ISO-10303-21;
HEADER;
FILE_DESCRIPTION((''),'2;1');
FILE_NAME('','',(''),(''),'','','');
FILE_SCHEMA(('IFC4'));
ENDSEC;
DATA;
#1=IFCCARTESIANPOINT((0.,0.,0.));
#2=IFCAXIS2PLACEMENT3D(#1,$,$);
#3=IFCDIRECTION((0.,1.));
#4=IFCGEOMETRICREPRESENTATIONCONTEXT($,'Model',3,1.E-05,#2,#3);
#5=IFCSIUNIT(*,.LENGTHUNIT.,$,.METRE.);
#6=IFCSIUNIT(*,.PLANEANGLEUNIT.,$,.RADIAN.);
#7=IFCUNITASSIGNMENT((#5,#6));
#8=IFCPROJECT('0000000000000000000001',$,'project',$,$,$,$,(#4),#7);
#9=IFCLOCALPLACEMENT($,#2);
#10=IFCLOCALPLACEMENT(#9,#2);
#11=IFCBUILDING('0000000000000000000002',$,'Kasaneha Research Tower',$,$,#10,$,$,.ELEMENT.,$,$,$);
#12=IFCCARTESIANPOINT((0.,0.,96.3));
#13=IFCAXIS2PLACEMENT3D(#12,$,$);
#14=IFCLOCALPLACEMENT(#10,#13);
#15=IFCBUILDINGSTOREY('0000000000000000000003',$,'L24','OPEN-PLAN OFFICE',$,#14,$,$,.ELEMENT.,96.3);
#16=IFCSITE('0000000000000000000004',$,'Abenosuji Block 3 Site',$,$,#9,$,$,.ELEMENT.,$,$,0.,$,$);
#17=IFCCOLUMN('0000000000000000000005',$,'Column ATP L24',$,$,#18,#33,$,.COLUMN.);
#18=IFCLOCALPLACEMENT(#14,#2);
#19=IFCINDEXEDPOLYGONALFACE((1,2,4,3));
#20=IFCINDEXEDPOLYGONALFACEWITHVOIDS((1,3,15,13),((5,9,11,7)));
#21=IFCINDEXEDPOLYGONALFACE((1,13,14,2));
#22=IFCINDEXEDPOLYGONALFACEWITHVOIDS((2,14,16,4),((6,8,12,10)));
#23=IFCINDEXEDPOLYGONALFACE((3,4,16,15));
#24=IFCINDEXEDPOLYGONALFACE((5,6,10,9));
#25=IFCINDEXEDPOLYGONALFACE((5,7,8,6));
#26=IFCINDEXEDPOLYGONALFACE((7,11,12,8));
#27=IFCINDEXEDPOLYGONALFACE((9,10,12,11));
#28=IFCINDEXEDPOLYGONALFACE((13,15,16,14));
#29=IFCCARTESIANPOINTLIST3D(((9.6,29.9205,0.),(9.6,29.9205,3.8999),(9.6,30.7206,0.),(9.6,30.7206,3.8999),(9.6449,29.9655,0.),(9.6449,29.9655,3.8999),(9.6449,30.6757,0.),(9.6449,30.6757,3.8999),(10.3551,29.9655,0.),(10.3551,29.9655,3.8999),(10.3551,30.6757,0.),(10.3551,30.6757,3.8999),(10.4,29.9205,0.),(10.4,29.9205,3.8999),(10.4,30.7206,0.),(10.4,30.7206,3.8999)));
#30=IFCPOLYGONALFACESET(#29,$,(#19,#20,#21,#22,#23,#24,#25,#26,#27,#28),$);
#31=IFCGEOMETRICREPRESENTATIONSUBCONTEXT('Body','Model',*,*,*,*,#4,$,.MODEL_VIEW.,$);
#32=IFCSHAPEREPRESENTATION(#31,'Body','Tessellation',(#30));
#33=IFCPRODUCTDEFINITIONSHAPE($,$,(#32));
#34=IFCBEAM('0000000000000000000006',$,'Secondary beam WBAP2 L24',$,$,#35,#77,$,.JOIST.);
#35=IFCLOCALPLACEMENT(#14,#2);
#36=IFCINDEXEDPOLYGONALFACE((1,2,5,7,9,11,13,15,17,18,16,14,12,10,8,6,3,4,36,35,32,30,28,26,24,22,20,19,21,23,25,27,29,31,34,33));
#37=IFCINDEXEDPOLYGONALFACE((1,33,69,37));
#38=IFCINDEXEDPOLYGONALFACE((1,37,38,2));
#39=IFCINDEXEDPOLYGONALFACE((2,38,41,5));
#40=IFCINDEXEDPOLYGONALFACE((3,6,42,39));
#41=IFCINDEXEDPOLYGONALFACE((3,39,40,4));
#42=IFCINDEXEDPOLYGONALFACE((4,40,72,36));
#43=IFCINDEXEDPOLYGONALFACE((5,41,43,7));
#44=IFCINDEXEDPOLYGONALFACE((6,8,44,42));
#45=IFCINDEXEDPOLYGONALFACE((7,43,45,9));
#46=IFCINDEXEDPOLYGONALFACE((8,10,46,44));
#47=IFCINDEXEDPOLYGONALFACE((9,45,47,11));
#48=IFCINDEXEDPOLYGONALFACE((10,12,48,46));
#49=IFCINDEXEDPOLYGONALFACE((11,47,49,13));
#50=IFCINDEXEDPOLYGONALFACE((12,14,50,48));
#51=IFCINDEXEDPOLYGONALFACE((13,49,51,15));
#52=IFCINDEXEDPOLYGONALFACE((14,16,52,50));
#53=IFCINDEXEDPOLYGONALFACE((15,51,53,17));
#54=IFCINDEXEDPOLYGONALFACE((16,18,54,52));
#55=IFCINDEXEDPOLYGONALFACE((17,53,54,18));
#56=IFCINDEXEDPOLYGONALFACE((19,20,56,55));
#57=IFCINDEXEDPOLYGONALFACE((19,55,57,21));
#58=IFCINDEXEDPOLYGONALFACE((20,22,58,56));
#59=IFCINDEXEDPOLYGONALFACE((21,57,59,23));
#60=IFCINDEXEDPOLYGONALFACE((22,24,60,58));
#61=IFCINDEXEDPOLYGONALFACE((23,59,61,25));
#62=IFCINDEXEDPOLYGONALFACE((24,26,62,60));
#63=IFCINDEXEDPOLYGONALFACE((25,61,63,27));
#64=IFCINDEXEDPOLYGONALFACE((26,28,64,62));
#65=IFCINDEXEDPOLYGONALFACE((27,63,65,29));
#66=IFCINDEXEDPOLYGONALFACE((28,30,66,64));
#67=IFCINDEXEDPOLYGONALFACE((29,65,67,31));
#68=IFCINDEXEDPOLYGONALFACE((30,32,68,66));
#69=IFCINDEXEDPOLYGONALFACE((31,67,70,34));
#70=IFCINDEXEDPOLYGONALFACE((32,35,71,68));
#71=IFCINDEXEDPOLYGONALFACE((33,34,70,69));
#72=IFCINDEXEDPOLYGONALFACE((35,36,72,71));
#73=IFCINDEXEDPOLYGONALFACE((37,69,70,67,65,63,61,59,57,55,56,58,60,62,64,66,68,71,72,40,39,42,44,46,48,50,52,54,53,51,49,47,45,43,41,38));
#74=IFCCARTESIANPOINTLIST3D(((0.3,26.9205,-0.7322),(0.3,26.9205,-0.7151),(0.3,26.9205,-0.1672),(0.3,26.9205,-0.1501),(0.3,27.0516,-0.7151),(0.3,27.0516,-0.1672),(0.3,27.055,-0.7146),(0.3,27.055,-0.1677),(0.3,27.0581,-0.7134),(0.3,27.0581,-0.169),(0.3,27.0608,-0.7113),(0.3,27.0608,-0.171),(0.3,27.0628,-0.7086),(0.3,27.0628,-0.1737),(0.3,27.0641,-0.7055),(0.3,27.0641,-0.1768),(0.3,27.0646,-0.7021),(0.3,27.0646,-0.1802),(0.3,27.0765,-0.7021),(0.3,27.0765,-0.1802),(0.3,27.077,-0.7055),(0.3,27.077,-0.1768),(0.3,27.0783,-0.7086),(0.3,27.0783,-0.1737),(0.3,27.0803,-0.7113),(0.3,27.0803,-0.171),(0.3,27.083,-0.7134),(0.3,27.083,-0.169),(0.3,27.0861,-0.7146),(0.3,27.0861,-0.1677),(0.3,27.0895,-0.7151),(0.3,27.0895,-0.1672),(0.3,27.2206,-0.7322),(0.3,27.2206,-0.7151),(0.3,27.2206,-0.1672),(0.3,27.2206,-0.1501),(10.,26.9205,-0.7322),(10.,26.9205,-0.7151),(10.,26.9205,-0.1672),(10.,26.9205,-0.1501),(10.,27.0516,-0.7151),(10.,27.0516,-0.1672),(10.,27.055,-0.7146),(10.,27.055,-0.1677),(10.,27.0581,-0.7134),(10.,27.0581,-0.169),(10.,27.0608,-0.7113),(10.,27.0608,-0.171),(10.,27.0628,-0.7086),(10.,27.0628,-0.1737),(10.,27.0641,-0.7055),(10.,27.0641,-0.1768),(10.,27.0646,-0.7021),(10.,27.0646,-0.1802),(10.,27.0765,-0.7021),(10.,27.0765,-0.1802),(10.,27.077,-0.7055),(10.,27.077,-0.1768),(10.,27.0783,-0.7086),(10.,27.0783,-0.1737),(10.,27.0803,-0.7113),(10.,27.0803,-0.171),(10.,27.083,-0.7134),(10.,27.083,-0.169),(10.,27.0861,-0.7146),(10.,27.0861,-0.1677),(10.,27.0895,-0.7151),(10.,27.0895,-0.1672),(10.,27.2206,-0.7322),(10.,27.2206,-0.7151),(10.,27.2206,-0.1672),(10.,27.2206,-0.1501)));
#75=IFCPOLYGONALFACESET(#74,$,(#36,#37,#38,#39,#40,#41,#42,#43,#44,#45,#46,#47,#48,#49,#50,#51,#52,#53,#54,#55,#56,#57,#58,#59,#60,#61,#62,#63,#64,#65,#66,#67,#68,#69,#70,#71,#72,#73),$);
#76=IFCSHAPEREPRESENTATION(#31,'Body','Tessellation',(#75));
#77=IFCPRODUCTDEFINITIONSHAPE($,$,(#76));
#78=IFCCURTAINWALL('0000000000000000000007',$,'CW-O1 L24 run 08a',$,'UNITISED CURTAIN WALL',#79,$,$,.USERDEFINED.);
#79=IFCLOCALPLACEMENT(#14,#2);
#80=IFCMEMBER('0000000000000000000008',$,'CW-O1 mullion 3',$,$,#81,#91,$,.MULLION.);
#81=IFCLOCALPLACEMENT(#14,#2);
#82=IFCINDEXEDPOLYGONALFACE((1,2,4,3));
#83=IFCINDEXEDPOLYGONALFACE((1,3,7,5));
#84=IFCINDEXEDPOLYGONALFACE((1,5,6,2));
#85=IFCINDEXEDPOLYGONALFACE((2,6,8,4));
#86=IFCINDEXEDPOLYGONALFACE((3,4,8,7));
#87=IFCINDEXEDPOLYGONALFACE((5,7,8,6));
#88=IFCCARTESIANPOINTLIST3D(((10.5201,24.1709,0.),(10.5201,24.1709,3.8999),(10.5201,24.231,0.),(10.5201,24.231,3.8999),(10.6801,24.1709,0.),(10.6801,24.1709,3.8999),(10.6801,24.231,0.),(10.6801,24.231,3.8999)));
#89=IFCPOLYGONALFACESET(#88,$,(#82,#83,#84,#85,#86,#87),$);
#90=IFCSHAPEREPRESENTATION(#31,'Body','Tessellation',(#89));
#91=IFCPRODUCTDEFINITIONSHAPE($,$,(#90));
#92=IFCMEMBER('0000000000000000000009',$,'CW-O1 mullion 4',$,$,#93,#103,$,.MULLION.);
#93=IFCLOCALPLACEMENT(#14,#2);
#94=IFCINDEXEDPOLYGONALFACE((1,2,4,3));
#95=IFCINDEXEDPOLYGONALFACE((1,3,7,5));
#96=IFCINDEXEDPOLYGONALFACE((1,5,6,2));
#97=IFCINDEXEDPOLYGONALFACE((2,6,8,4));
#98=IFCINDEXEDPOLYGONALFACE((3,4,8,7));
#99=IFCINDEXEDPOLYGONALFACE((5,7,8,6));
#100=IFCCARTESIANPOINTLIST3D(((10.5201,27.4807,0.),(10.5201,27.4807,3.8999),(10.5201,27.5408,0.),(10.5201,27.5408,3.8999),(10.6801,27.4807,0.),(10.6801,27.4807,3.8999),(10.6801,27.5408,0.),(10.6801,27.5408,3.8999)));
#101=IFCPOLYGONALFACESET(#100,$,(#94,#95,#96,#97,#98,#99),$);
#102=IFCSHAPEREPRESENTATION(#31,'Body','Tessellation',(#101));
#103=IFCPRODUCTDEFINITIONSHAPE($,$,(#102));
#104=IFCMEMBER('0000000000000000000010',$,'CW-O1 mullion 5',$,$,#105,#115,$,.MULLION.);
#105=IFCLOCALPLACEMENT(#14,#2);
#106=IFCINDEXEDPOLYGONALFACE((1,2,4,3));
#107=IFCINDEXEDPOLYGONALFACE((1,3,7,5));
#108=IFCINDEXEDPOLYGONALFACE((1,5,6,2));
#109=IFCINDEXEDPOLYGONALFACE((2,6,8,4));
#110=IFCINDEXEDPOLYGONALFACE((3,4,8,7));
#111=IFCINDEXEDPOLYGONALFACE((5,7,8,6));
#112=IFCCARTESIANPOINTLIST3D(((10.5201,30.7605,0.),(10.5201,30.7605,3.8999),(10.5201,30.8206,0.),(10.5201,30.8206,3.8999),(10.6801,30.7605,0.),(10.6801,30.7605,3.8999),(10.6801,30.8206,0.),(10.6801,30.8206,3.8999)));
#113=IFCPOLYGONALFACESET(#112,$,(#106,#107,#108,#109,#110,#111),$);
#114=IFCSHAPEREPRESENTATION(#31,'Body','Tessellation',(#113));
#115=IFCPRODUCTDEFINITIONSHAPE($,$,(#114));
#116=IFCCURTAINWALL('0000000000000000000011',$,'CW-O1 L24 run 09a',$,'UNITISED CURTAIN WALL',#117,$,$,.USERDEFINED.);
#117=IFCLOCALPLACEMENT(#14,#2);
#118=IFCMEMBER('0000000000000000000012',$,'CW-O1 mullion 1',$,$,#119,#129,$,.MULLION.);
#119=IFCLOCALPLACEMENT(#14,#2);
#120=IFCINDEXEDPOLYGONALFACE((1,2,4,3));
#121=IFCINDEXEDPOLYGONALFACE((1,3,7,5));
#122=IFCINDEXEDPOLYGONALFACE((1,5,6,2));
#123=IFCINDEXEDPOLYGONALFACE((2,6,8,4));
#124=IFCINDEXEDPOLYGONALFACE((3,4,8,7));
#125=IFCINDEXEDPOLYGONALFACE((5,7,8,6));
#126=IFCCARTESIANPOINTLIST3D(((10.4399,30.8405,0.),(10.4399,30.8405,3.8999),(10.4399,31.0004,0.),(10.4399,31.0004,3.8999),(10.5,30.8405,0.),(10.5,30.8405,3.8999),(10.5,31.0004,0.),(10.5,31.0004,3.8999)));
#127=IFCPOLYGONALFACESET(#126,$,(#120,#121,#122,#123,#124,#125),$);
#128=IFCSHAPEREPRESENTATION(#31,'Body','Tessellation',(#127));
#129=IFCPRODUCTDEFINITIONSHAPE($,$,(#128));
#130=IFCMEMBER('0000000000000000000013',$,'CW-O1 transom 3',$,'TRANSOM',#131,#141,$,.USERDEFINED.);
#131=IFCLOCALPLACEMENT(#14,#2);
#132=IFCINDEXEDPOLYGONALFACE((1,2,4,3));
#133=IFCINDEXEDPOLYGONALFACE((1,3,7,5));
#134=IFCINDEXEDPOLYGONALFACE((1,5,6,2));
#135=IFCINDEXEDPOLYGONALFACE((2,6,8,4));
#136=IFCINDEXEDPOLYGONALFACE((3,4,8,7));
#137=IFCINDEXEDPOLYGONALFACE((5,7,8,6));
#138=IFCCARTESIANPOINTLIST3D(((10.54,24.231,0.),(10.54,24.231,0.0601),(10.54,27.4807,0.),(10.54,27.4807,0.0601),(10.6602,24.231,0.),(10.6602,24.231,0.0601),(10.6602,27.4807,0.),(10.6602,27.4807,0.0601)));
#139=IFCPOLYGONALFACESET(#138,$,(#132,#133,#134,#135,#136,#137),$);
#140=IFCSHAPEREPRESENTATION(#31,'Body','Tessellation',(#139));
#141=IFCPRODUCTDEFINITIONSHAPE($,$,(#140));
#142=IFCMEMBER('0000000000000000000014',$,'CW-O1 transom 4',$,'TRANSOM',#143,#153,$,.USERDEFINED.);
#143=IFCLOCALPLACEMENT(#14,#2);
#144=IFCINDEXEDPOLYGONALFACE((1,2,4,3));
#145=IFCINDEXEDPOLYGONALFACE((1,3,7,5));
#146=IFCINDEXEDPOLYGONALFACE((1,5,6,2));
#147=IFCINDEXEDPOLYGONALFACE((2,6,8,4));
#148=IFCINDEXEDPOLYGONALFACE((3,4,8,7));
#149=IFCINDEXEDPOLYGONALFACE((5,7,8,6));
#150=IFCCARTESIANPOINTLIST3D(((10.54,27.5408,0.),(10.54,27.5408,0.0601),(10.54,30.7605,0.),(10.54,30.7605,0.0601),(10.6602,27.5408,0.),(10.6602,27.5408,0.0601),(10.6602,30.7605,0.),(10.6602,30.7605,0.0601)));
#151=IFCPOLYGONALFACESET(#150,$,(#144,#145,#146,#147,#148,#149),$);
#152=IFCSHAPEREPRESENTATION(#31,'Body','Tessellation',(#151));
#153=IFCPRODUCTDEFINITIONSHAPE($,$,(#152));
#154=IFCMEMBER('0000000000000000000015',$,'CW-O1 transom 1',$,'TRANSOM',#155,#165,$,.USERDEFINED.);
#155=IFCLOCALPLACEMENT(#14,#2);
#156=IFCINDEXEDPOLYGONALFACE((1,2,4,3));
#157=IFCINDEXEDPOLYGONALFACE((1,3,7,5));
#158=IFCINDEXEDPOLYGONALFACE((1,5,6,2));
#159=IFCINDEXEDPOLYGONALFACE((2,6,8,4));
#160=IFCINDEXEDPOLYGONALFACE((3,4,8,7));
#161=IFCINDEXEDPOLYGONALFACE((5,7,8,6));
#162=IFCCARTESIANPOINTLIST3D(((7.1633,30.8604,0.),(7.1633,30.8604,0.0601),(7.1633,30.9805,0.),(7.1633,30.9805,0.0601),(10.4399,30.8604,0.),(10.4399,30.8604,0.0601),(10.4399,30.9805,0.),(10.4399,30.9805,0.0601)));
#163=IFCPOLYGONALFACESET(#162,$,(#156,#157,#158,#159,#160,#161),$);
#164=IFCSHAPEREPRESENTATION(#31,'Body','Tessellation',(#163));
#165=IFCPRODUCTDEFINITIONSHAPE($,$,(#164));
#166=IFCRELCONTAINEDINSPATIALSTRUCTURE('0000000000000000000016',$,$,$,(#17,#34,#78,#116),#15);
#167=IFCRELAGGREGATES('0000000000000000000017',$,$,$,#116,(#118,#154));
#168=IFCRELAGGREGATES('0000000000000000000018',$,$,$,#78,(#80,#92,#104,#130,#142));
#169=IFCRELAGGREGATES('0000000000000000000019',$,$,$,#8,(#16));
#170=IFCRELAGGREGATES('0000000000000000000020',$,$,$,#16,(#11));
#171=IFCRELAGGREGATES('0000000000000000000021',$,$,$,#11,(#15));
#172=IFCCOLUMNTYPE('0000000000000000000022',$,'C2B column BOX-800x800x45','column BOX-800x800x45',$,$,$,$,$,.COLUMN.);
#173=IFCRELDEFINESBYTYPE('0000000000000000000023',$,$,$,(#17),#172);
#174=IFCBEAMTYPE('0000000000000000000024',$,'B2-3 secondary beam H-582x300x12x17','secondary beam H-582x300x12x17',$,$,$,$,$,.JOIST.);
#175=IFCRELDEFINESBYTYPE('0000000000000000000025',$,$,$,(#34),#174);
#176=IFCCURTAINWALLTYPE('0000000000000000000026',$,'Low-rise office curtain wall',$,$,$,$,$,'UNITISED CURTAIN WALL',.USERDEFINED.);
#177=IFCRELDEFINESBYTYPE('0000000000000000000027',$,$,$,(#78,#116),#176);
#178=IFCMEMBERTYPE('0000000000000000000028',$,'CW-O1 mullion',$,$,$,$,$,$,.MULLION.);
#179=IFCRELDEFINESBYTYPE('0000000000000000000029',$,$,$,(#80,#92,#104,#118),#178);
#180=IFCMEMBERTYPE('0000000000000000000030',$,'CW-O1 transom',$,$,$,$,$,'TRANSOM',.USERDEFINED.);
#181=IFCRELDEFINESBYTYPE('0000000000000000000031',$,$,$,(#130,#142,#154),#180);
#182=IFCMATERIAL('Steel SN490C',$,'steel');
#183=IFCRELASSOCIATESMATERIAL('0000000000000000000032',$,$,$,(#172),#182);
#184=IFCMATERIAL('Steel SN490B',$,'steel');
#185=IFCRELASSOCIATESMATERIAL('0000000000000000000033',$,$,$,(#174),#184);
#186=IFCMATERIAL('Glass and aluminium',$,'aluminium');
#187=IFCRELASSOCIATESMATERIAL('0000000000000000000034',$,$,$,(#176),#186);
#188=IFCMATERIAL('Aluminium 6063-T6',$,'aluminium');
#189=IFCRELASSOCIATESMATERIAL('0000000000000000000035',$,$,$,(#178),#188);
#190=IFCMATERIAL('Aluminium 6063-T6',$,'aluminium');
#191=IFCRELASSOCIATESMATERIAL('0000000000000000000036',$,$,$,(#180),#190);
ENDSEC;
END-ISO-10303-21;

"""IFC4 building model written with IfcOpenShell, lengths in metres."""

from ifc_helpers import new_model, si_unit, direction, frame, origin, origin_2d, place, context, subcontext, project, spatial, rectangle, hollow_rectangle, i_section, extrude, material, material_profile, profile_set, type_object, element, aggregate, save


model = new_model("IFC4")

# Units and contexts
model_context = context("Model", 3, precision=1e-05, world=origin(), true_north=direction((0.0, 1.0)))
body_context = subcontext(model_context, "Body", "Model", "MODEL_VIEW")
ifc_project = project(units=[si_unit("LENGTHUNIT", "METRE"), si_unit("PLANEANGLEUNIT", "RADIAN")], contexts=[model_context])

# Site, building, storey
site_placement = place(None, origin())
site = spatial("IfcSite", under=ifc_project, at=site_placement, Name="Abenosuji Block 3 Site", CompositionType="ELEMENT", RefElevation=0.0)
building_placement = place(site_placement, origin())
building = spatial("IfcBuilding", under=site, at=building_placement, Name="Kasaneha Research Tower", CompositionType="ELEMENT")
storey_placement = place(building_placement, frame((0.0, 0.0, 96.3)))
storey = spatial("IfcBuildingStorey", under=building, at=storey_placement, Name="L24", Description="OPEN-PLAN OFFICE", CompositionType="ELEMENT", Elevation=96.3)

# Column
ifc_material_1 = material(Name="Steel SN490C", Category="steel")
ifc_material_profile_1 = material_profile(ifc_material_1, hollow_rectangle(XDim=0.8, YDim=0.8, WallThickness=0.0449, at=origin_2d()), Name="BOX-800x800x45")
ifc_profile_set_1 = profile_set([ifc_material_profile_1], Name="Steel SN490C")
column_type = type_object("IfcColumnType", Name="C2B column BOX-800x800x45", Description="column BOX-800x800x45", PredefinedType="COLUMN", material=ifc_profile_set_1)
column_placement = place(storey_placement, frame((10.0, 30.3206, 0.0), z_axis=(0.0, 0.0, 1.0), x_axis=(1.0, 0.0, 0.0)))
element("IfcColumn", 1, at=column_placement, inside=storey, type_object=column_type, Name="Column ATP L24", PredefinedType="COLUMN", context=body_context, shape_type="SweptSolid", body=[
    extrude(hollow_rectangle(XDim=0.8, YDim=0.8, WallThickness=0.0449, at=origin_2d()), origin(), (0.0, 0.0, 1.0), 3.8999),
])

# Beam
ifc_material_2 = material(Name="Steel SN490B", Category="steel")
ifc_material_profile_2 = material_profile(ifc_material_2, i_section(OverallWidth=0.3, OverallDepth=0.582, WebThickness=0.012, FlangeThickness=0.0171, FilletRadius=0.0129, at=origin_2d()), Name="H-582x300x12x17")
ifc_profile_set_2 = profile_set([ifc_material_profile_2], Name="Steel SN490B")
beam_type_1 = type_object("IfcBeamType", Name="B2-3 secondary beam H-582x300x12x17", Description="secondary beam H-582x300x12x17", PredefinedType="JOIST", material=ifc_profile_set_2)
beam_1_placement = place(storey_placement, frame((10.0, 27.0706, -0.4412), z_axis=(-1.0, 0.0, 0.0), x_axis=(0.0, -1.0, 0.0)))
element("IfcBeam", 2, at=beam_1_placement, inside=storey, type_object=beam_type_1, Name="Secondary beam WBAP2 L24", PredefinedType="JOIST", context=body_context, shape_type="SweptSolid", body=[
    extrude(i_section(OverallWidth=0.3, OverallDepth=0.582, WebThickness=0.012, FlangeThickness=0.0171, FilletRadius=0.0129, at=origin_2d()), origin(), (0.0, 0.0, 1.0), 9.7),
])

# Curtain wall, members
ifc_material_3 = material(Name="Glass and aluminium", Category="aluminium")
curtain_wall_type = type_object("IfcCurtainWallType", Name="Low-rise office curtain wall", ElementType="UNITISED CURTAIN WALL", PredefinedType="USERDEFINED", material=ifc_material_3)
curtain_wall_1_placement = place(storey_placement, origin())
curtain_wall_1 = element("IfcCurtainWall", 3, at=curtain_wall_1_placement, inside=storey, type_object=curtain_wall_type, Name="CW-O1 L24 run 08a", ObjectType="UNITISED CURTAIN WALL", PredefinedType="USERDEFINED")
ifc_material_4 = material(Name="Aluminium 6063-T6", Category="aluminium")
ifc_material_profile_3 = material_profile(ifc_material_4, rectangle(XDim=0.0601, YDim=0.1599, at=origin_2d()), Name="CW-O1 mullion 60x160")
ifc_profile_set_3 = profile_set([ifc_material_profile_3], Name="Aluminium 6063-T6")
member_type_1 = type_object("IfcMemberType", Name="CW-O1 mullion", PredefinedType="MULLION", material=ifc_profile_set_3)
member_1_placement = place(storey_placement, frame((10.6001, 24.2009, 0.0), z_axis=(0.0, 0.0, 1.0), x_axis=(0.0, 1.0, 0.0)))
member_1 = element("IfcMember", 4, at=member_1_placement, type_object=member_type_1, Name="CW-O1 mullion 3", PredefinedType="MULLION", context=body_context, shape_type="SweptSolid", body=[
    extrude(rectangle(XDim=0.0601, YDim=0.1599, at=origin_2d()), origin(), (0.0, 0.0, 1.0), 3.8999),
])
member_2_placement = place(storey_placement, frame((10.6001, 27.5107, 0.0), z_axis=(0.0, 0.0, 1.0), x_axis=(0.0, 1.0, 0.0)))
member_2 = element("IfcMember", 5, at=member_2_placement, type_object=member_type_1, Name="CW-O1 mullion 4", PredefinedType="MULLION", context=body_context, shape_type="SweptSolid", body=[
    extrude(rectangle(XDim=0.0601, YDim=0.1599, at=origin_2d()), origin(), (0.0, 0.0, 1.0), 3.8999),
])
member_3_placement = place(storey_placement, frame((10.6001, 30.7905, 0.0), z_axis=(0.0, 0.0, 1.0), x_axis=(0.0, 1.0, 0.0)))
member_3 = element("IfcMember", 6, at=member_3_placement, type_object=member_type_1, Name="CW-O1 mullion 5", PredefinedType="MULLION", context=body_context, shape_type="SweptSolid", body=[
    extrude(rectangle(XDim=0.0601, YDim=0.1599, at=origin_2d()), origin(), (0.0, 0.0, 1.0), 3.8999),
])

# Curtain wall, member
curtain_wall_2_placement = place(storey_placement, origin())
curtain_wall_2 = element("IfcCurtainWall", 7, at=curtain_wall_2_placement, inside=storey, type_object=curtain_wall_type, Name="CW-O1 L24 run 09a", ObjectType="UNITISED CURTAIN WALL", PredefinedType="USERDEFINED")
member_4_placement = place(storey_placement, frame((10.47, 30.9204, 0.0), z_axis=(0.0, 0.0, 1.0), x_axis=(-1.0, 0.0, 0.0)))
member_4 = element("IfcMember", 8, at=member_4_placement, type_object=member_type_1, Name="CW-O1 mullion 1", PredefinedType="MULLION", context=body_context, shape_type="SweptSolid", body=[
    extrude(rectangle(XDim=0.0601, YDim=0.1599, at=origin_2d()), origin(), (0.0, 0.0, 1.0), 3.8999),
])

# Members
ifc_material_5 = material(Name="Aluminium 6063-T6", Category="aluminium")
ifc_material_profile_4 = material_profile(ifc_material_5, rectangle(XDim=0.1201, YDim=0.0601, at=origin_2d()), Name="CW-O1 transom 120x60")
ifc_profile_set_4 = profile_set([ifc_material_profile_4], Name="Aluminium 6063-T6")
member_type_2 = type_object("IfcMemberType", Name="CW-O1 transom", ElementType="TRANSOM", PredefinedType="USERDEFINED", material=ifc_profile_set_4)
member_5_placement = place(storey_placement, frame((10.6001, 24.231, 0.03), z_axis=(0.0, 1.0, 0.0), x_axis=(-1.0, 0.0, 0.0)))
member_5 = element("IfcMember", 9, at=member_5_placement, type_object=member_type_2, Name="CW-O1 transom 3", ObjectType="TRANSOM", PredefinedType="USERDEFINED", context=body_context, shape_type="SweptSolid", body=[
    extrude(rectangle(XDim=0.1201, YDim=0.0601, at=origin_2d()), origin(), (0.0, 0.0, 1.0), 3.2498),
])
member_6_placement = place(storey_placement, frame((10.6001, 27.5408, 0.03), z_axis=(0.0, 1.0, 0.0), x_axis=(-1.0, 0.0, 0.0)))
member_6 = element("IfcMember", 10, at=member_6_placement, type_object=member_type_2, Name="CW-O1 transom 4", ObjectType="TRANSOM", PredefinedType="USERDEFINED", context=body_context, shape_type="SweptSolid", body=[
    extrude(rectangle(XDim=0.1201, YDim=0.0601, at=origin_2d()), origin(), (0.0, 0.0, 1.0), 3.2197),
])
member_7_placement = place(storey_placement, frame((10.4399, 30.9204, 0.03), z_axis=(-1.0, 0.0, 0.0), x_axis=(0.0, -1.0, 0.0)))
member_7 = element("IfcMember", 11, at=member_7_placement, type_object=member_type_2, Name="CW-O1 transom 1", ObjectType="TRANSOM", PredefinedType="USERDEFINED", context=body_context, shape_type="SweptSolid", body=[
    extrude(rectangle(XDim=0.1201, YDim=0.0601, at=origin_2d()), origin(), (0.0, 0.0, 1.0), 3.2766),
])
aggregate(curtain_wall_2, [member_4, member_7])

aggregate(curtain_wall_1, [member_1, member_2, member_3, member_5, member_6])

save(model, "model.ifc")
